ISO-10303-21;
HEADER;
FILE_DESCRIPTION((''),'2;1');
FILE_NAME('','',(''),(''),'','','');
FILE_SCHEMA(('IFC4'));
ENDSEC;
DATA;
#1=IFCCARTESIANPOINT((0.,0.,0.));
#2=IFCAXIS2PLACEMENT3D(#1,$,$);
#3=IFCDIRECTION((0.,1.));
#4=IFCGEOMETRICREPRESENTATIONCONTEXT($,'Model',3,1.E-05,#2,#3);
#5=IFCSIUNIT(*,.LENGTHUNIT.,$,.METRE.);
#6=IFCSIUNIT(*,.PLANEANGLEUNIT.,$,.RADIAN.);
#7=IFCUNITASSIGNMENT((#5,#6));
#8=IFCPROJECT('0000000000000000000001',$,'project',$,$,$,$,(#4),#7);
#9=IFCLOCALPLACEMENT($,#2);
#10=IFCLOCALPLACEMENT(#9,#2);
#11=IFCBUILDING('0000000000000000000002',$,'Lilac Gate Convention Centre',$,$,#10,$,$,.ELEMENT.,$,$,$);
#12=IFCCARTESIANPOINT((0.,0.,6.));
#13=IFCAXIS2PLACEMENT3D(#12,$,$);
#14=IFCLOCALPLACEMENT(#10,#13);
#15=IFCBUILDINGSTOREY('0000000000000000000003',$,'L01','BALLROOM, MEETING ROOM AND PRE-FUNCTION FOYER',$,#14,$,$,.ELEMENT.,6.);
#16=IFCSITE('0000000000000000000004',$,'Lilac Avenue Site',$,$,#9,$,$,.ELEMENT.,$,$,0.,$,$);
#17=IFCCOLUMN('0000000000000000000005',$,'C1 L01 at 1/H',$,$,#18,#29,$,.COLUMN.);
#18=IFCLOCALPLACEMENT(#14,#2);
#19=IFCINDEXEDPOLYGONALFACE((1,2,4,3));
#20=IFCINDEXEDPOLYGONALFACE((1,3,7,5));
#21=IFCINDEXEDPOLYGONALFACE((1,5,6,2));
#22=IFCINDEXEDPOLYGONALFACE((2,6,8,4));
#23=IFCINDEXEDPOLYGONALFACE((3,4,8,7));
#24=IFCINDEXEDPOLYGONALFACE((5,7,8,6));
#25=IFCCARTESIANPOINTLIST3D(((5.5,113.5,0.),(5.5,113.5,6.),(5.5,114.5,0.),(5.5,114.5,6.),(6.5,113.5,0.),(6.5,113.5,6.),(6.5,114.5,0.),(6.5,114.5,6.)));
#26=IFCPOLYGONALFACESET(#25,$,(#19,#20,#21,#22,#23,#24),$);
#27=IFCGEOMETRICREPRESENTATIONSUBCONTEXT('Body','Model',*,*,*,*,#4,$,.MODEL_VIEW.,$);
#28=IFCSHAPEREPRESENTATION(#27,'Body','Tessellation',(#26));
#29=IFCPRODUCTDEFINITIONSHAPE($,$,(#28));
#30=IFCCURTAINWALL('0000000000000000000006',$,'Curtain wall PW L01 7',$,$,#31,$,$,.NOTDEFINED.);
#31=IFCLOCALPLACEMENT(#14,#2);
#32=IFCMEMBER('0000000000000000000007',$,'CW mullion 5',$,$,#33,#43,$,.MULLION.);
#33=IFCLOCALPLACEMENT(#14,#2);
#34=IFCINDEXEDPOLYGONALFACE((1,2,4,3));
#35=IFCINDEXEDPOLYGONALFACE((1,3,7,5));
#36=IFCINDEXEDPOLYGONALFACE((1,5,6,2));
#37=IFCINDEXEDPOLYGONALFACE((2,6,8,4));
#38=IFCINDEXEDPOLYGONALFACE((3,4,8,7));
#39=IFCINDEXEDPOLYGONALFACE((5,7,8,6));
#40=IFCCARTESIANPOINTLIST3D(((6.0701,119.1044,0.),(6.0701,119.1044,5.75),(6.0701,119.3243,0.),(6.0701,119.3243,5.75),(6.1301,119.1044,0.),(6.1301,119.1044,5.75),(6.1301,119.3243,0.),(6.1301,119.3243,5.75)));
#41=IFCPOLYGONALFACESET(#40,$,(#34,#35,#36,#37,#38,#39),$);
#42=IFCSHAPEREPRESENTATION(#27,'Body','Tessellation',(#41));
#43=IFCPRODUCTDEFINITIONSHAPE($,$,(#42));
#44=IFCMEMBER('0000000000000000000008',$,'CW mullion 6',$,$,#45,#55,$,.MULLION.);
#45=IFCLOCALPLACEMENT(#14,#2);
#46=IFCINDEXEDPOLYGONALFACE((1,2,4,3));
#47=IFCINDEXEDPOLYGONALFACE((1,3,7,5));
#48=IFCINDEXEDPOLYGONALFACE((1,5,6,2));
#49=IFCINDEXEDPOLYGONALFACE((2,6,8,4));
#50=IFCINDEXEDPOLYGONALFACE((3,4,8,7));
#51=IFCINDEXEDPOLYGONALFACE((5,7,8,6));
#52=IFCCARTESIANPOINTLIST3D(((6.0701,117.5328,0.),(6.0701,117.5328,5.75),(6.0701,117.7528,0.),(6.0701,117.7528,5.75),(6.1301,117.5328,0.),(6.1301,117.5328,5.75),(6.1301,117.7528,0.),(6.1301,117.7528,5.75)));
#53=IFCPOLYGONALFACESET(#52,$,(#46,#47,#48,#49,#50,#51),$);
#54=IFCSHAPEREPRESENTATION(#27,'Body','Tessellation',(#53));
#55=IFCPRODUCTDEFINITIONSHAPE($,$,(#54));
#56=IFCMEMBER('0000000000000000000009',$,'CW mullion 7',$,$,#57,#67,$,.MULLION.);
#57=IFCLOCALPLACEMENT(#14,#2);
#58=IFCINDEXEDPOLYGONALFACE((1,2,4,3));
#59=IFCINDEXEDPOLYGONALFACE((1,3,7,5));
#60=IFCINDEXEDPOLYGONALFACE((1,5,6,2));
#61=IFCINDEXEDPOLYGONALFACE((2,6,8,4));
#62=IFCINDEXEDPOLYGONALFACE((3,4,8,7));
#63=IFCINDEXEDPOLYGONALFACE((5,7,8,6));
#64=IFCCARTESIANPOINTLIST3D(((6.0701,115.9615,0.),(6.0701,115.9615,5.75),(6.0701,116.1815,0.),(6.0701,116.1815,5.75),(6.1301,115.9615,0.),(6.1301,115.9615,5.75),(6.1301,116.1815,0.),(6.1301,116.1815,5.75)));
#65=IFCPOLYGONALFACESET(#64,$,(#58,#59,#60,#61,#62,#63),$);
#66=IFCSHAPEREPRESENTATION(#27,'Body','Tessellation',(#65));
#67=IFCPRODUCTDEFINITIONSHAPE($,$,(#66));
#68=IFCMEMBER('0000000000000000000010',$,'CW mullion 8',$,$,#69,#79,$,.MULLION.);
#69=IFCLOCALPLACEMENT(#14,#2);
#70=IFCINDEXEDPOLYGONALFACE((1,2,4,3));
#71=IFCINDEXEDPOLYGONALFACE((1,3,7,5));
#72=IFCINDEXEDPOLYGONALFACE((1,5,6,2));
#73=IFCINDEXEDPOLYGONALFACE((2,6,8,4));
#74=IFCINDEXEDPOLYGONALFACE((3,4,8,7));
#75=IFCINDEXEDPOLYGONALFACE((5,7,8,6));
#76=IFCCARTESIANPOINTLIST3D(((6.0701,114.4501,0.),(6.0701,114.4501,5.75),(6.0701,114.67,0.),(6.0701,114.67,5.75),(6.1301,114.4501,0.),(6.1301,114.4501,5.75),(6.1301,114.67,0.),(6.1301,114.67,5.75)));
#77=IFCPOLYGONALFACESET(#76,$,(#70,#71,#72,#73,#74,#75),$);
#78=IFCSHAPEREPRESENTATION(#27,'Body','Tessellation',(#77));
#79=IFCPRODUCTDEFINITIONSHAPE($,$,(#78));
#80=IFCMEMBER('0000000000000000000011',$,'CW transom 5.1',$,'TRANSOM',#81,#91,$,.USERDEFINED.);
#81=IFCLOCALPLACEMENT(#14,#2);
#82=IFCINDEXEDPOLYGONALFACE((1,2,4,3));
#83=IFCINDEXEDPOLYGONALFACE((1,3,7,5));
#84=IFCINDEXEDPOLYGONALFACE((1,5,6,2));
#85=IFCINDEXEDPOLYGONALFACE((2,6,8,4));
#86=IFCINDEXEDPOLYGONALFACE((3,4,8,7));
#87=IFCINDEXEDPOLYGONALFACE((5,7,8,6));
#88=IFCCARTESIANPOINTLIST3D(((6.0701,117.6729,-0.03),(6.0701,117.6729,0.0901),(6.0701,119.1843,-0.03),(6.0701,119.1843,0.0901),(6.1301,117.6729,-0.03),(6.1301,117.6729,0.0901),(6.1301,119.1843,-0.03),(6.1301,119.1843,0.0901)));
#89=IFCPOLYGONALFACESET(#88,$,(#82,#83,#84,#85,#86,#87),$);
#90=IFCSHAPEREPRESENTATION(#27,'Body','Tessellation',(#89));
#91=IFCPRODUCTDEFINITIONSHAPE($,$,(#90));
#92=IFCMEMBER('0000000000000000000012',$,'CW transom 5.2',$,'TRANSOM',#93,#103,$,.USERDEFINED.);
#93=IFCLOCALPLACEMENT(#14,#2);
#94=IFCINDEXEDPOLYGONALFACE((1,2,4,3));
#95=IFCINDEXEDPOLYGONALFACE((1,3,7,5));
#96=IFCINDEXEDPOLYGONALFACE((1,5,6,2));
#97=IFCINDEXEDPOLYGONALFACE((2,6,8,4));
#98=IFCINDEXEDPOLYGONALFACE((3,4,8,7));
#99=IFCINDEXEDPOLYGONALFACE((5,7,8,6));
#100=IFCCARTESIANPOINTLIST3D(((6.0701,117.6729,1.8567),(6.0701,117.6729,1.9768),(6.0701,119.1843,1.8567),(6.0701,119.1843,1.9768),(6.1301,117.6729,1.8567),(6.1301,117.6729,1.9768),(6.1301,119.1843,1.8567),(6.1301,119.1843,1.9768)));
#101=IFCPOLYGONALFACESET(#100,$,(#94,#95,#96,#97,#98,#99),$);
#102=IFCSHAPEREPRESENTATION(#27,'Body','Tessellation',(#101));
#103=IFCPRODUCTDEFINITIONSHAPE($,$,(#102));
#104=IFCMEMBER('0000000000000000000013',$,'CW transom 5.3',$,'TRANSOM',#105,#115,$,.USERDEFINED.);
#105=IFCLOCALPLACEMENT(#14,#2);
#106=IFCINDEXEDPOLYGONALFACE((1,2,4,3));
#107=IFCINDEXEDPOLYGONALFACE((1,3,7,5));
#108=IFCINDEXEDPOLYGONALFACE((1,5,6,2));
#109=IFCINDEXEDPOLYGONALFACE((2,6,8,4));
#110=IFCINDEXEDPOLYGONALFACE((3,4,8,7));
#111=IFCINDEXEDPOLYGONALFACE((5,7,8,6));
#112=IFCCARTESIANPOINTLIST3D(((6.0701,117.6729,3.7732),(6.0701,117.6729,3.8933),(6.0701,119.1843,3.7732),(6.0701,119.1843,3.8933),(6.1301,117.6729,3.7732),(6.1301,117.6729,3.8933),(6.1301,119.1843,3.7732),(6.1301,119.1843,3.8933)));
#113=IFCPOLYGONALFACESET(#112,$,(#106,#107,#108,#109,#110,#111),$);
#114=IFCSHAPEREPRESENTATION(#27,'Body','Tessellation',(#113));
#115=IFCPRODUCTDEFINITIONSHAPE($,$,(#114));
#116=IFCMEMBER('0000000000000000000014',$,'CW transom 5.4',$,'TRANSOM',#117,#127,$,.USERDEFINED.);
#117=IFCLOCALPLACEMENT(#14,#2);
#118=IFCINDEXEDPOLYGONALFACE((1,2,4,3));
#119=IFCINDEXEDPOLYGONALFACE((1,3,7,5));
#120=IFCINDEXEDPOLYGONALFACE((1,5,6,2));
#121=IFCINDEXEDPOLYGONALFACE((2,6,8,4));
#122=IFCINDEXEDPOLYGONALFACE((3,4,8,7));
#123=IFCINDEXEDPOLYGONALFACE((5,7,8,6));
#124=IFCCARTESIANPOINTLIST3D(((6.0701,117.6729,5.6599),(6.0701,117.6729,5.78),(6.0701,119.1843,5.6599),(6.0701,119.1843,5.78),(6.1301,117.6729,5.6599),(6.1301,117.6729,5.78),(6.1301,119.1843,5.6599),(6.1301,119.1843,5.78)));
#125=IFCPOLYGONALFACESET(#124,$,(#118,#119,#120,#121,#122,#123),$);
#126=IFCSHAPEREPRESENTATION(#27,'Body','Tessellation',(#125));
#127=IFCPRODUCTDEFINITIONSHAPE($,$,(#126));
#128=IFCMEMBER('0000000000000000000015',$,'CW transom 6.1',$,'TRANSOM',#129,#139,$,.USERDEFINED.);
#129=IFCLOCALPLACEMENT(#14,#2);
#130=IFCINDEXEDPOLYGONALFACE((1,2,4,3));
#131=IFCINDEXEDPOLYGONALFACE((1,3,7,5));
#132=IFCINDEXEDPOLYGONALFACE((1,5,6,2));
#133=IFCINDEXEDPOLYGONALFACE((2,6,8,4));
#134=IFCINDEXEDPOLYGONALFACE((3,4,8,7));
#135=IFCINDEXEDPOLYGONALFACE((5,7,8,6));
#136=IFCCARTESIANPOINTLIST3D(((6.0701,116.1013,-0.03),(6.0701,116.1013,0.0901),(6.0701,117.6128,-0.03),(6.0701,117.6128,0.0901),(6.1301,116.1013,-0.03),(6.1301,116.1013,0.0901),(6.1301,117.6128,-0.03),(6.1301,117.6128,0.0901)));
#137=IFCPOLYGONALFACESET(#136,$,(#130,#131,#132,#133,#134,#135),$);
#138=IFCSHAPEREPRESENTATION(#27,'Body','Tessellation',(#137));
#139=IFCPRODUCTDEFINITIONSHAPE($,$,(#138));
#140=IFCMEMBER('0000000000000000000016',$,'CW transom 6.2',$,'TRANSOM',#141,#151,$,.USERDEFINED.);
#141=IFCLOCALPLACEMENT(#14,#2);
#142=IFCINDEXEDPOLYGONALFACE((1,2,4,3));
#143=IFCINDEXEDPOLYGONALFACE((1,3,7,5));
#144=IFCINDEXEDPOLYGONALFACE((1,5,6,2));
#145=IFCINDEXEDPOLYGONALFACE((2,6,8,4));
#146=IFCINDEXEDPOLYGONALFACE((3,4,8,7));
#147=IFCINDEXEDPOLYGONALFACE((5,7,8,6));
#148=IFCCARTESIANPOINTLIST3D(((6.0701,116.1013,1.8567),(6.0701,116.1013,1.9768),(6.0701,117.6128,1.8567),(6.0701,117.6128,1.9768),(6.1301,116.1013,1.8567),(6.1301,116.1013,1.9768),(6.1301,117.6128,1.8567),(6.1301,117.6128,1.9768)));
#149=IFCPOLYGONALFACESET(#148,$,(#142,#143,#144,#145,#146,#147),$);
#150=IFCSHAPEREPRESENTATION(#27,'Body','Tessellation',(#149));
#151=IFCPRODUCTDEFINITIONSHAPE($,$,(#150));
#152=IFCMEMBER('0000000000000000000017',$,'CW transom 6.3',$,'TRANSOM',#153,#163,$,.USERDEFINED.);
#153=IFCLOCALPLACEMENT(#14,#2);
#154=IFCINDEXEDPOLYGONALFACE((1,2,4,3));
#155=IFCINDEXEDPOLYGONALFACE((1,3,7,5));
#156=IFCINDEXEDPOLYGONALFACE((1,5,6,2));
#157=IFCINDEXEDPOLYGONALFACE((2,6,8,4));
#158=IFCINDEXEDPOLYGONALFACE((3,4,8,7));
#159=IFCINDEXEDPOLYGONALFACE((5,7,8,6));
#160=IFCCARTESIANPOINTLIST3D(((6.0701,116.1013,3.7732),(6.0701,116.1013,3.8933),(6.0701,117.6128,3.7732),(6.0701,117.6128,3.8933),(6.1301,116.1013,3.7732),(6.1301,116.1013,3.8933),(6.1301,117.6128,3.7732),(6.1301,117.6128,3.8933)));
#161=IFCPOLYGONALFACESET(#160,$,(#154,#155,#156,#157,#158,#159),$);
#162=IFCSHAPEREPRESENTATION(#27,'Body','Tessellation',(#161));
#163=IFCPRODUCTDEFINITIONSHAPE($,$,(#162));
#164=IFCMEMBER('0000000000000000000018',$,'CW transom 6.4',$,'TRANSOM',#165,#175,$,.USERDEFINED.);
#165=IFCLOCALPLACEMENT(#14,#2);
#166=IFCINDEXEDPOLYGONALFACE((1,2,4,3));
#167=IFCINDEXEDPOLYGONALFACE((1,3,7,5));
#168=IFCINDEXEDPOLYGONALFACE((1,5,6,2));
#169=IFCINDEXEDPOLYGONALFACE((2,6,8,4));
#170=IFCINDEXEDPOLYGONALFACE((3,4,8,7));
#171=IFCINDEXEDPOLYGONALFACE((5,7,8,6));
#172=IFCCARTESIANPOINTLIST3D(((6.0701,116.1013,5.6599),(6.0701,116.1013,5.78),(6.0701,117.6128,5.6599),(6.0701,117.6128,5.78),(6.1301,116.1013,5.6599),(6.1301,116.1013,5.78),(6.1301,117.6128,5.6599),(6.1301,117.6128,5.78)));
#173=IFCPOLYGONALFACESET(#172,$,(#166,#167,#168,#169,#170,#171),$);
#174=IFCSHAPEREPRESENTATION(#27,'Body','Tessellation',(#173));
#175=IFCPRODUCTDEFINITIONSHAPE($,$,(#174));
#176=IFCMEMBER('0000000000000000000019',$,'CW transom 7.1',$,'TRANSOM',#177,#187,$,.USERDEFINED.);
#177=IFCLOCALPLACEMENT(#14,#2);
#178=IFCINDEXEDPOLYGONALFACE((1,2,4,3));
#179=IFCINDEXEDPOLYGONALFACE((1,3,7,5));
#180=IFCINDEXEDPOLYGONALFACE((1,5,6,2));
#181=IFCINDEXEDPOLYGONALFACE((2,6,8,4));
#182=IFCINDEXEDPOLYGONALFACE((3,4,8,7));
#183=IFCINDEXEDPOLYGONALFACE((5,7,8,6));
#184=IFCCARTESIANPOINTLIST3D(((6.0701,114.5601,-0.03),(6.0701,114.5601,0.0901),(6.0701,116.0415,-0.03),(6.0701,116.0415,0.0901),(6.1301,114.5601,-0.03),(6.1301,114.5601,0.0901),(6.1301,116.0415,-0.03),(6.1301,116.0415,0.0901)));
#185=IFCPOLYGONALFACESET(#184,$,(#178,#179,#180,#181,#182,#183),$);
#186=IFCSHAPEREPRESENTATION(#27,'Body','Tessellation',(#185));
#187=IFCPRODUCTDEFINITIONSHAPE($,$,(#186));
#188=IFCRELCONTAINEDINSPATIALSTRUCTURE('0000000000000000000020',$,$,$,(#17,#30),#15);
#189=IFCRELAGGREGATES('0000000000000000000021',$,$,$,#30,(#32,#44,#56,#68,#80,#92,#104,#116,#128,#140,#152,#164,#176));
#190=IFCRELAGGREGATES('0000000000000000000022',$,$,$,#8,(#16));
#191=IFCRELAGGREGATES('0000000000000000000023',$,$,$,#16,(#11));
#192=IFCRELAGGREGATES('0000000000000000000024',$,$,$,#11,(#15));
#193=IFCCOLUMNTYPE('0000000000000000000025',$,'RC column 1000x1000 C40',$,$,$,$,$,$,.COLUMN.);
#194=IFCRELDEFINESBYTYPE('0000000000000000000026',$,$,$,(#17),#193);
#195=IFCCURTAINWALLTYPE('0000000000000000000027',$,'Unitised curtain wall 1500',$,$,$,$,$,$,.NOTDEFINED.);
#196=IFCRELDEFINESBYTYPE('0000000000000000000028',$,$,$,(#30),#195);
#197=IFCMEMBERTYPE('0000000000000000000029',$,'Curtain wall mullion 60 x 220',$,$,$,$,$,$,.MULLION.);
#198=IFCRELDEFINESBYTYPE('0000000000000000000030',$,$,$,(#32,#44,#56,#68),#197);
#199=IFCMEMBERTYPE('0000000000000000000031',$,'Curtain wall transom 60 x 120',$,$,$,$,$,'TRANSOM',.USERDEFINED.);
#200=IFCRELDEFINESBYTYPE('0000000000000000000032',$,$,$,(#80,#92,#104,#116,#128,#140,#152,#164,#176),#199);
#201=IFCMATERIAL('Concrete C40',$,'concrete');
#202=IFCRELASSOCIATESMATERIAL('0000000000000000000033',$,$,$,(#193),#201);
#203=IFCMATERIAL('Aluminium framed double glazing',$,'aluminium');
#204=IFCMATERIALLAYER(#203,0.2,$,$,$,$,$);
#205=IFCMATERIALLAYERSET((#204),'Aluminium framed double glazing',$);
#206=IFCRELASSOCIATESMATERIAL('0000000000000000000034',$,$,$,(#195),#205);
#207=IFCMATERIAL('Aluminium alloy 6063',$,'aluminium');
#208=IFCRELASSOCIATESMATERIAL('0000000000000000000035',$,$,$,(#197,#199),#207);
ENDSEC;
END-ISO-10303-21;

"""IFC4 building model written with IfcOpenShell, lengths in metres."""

from ifc_helpers import new_model, si_unit, direction, frame, origin, origin_2d, place, context, subcontext, project, spatial, rectangle, extrude, material, layer, layer_set, material_profile, profile_set, type_object, element, aggregate, save


model = new_model("IFC4")

# Units and contexts
model_context = context("Model", 3, precision=1e-05, world=origin(), true_north=direction((0.0, 1.0)))
body_context = subcontext(model_context, "Body", "Model", "MODEL_VIEW")
ifc_project = project(units=[si_unit("LENGTHUNIT", "METRE"), si_unit("PLANEANGLEUNIT", "RADIAN")], contexts=[model_context])

# Site, building, storey
site_placement = place(None, origin())
site = spatial("IfcSite", under=ifc_project, at=site_placement, Name="Lilac Avenue Site", CompositionType="ELEMENT", RefElevation=0.0)
building_placement = place(site_placement, origin())
building = spatial("IfcBuilding", under=site, at=building_placement, Name="Lilac Gate Convention Centre", CompositionType="ELEMENT")
storey_placement = place(building_placement, frame((0.0, 0.0, 6.0)))
storey = spatial("IfcBuildingStorey", under=building, at=storey_placement, Name="L01", Description="BALLROOM, MEETING ROOM AND PRE-FUNCTION FOYER", CompositionType="ELEMENT", Elevation=6.0)

# Column
ifc_material_1 = material(Name="Concrete C40", Category="concrete")
ifc_material_profile_1 = material_profile(ifc_material_1, rectangle(XDim=1.0, YDim=1.0, at=origin_2d()), Name="RC 1000x1000")
ifc_profile_set_1 = profile_set([ifc_material_profile_1], Name="Concrete C40")
column_type = type_object("IfcColumnType", Name="RC column 1000x1000 C40", PredefinedType="COLUMN", material=ifc_profile_set_1)
column_placement = place(storey_placement, frame((6.0, 114.0, 0.0), z_axis=(0.0, 0.0, 1.0), x_axis=(1.0, 0.0, 0.0)))
element("IfcColumn", 1, at=column_placement, inside=storey, type_object=column_type, Name="C1 L01 at 1/H", PredefinedType="COLUMN", context=body_context, shape_type="SweptSolid", body=[
    extrude(rectangle(XDim=1.0, YDim=1.0, at=origin_2d()), origin(), (0.0, 0.0, 1.0), 6.0),
])

# Curtain wall, members
ifc_material_2 = material(Name="Aluminium framed double glazing", Category="aluminium")
ifc_layer_1 = layer(ifc_material_2, 0.2)
ifc_layer_set_1 = layer_set([ifc_layer_1], Name="Aluminium framed double glazing")
curtain_wall_type = type_object("IfcCurtainWallType", Name="Unitised curtain wall 1500", PredefinedType="NOTDEFINED", material=ifc_layer_set_1)
curtain_wall_1_placement = place(storey_placement, origin())
curtain_wall_1 = element("IfcCurtainWall", 2, at=curtain_wall_1_placement, inside=storey, type_object=curtain_wall_type, Name="Curtain wall PW L01 7", PredefinedType="NOTDEFINED")
ifc_material_3 = material(Name="Aluminium alloy 6063", Category="aluminium")
ifc_material_profile_2 = material_profile(ifc_material_3, rectangle(XDim=0.0601, YDim=0.22, at=origin_2d()), Name="Curtain wall mullion 60 x 220")
ifc_profile_set_2 = profile_set([ifc_material_profile_2], Name="Aluminium alloy 6063")
member_type_1 = type_object("IfcMemberType", Name="Curtain wall mullion 60 x 220", PredefinedType="MULLION", material=ifc_profile_set_2)
member_1_placement = place(storey_placement, frame((6.1001, 119.2144, 0.0), z_axis=(0.0, 0.0, 1.0), x_axis=(1.0, 0.0, 0.0)))
member_1 = element("IfcMember", 3, at=member_1_placement, type_object=member_type_1, Name="CW mullion 5", PredefinedType="MULLION", context=body_context, shape_type="SweptSolid", body=[
    extrude(rectangle(XDim=0.0601, YDim=0.22, at=origin_2d()), origin(), (0.0, 0.0, 1.0), 5.75),
])
member_2_placement = place(storey_placement, frame((6.1001, 117.6428, 0.0), z_axis=(0.0, 0.0, 1.0), x_axis=(1.0, 0.0, 0.0)))
member_2 = element("IfcMember", 4, at=member_2_placement, type_object=member_type_1, Name="CW mullion 6", PredefinedType="MULLION", context=body_context, shape_type="SweptSolid", body=[
    extrude(rectangle(XDim=0.0601, YDim=0.22, at=origin_2d()), origin(), (0.0, 0.0, 1.0), 5.75),
])
member_3_placement = place(storey_placement, frame((6.1001, 116.0715, 0.0), z_axis=(0.0, 0.0, 1.0), x_axis=(1.0, 0.0, 0.0)))
member_3 = element("IfcMember", 5, at=member_3_placement, type_object=member_type_1, Name="CW mullion 7", PredefinedType="MULLION", context=body_context, shape_type="SweptSolid", body=[
    extrude(rectangle(XDim=0.0601, YDim=0.22, at=origin_2d()), origin(), (0.0, 0.0, 1.0), 5.75),
])
member_4_placement = place(storey_placement, frame((6.1001, 114.5601, 0.0), z_axis=(0.0, 0.0, 1.0), x_axis=(1.0, 0.0, 0.0)))
member_4 = element("IfcMember", 6, at=member_4_placement, type_object=member_type_1, Name="CW mullion 8", PredefinedType="MULLION", context=body_context, shape_type="SweptSolid", body=[
    extrude(rectangle(XDim=0.0601, YDim=0.22, at=origin_2d()), origin(), (0.0, 0.0, 1.0), 5.75),
])
ifc_material_profile_3 = material_profile(ifc_material_3, rectangle(XDim=0.0601, YDim=0.1201, at=origin_2d()), Name="Curtain wall transom 60 x 120")
ifc_profile_set_3 = profile_set([ifc_material_profile_3], Name="Aluminium alloy 6063")
member_type_2 = type_object("IfcMemberType", Name="Curtain wall transom 60 x 120", ElementType="TRANSOM", PredefinedType="USERDEFINED", material=ifc_profile_set_3)
member_5_placement = place(storey_placement, frame((6.1001, 119.1843, 0.03), z_axis=(0.0, -1.0, 0.0), x_axis=(1.0, 0.0, 0.0)))
member_5 = element("IfcMember", 7, at=member_5_placement, type_object=member_type_2, Name="CW transom 5.1", ObjectType="TRANSOM", PredefinedType="USERDEFINED", context=body_context, shape_type="SweptSolid", body=[
    extrude(rectangle(XDim=0.0601, YDim=0.1201, at=origin_2d()), origin(), (0.0, 0.0, 1.0), 1.5115),
])
member_6_placement = place(storey_placement, frame((6.1001, 119.1843, 1.9167), z_axis=(0.0, -1.0, 0.0), x_axis=(1.0, 0.0, 0.0)))
member_6 = element("IfcMember", 8, at=member_6_placement, type_object=member_type_2, Name="CW transom 5.2", ObjectType="TRANSOM", PredefinedType="USERDEFINED", context=body_context, shape_type="SweptSolid", body=[
    extrude(rectangle(XDim=0.0601, YDim=0.1201, at=origin_2d()), origin(), (0.0, 0.0, 1.0), 1.5115),
])
member_7_placement = place(storey_placement, frame((6.1001, 119.1843, 3.8333), z_axis=(0.0, -1.0, 0.0), x_axis=(1.0, 0.0, 0.0)))
member_7 = element("IfcMember", 9, at=member_7_placement, type_object=member_type_2, Name="CW transom 5.3", ObjectType="TRANSOM", PredefinedType="USERDEFINED", context=body_context, shape_type="SweptSolid", body=[
    extrude(rectangle(XDim=0.0601, YDim=0.1201, at=origin_2d()), origin(), (0.0, 0.0, 1.0), 1.5115),
])
member_8_placement = place(storey_placement, frame((6.1001, 119.1843, 5.72), z_axis=(0.0, -1.0, 0.0), x_axis=(1.0, 0.0, 0.0)))
member_8 = element("IfcMember", 10, at=member_8_placement, type_object=member_type_2, Name="CW transom 5.4", ObjectType="TRANSOM", PredefinedType="USERDEFINED", context=body_context, shape_type="SweptSolid", body=[
    extrude(rectangle(XDim=0.0601, YDim=0.1201, at=origin_2d()), origin(), (0.0, 0.0, 1.0), 1.5115),
])
member_9_placement = place(storey_placement, frame((6.1001, 117.6128, 0.03), z_axis=(0.0, -1.0, 0.0), x_axis=(1.0, 0.0, 0.0)))
member_9 = element("IfcMember", 11, at=member_9_placement, type_object=member_type_2, Name="CW transom 6.1", ObjectType="TRANSOM", PredefinedType="USERDEFINED", context=body_context, shape_type="SweptSolid", body=[
    extrude(rectangle(XDim=0.0601, YDim=0.1201, at=origin_2d()), origin(), (0.0, 0.0, 1.0), 1.5115),
])
member_10_placement = place(storey_placement, frame((6.1001, 117.6128, 1.9167), z_axis=(0.0, -1.0, 0.0), x_axis=(1.0, 0.0, 0.0)))
member_10 = element("IfcMember", 12, at=member_10_placement, type_object=member_type_2, Name="CW transom 6.2", ObjectType="TRANSOM", PredefinedType="USERDEFINED", context=body_context, shape_type="SweptSolid", body=[
    extrude(rectangle(XDim=0.0601, YDim=0.1201, at=origin_2d()), origin(), (0.0, 0.0, 1.0), 1.5115),
])
member_11_placement = place(storey_placement, frame((6.1001, 117.6128, 3.8333), z_axis=(0.0, -1.0, 0.0), x_axis=(1.0, 0.0, 0.0)))
member_11 = element("IfcMember", 13, at=member_11_placement, type_object=member_type_2, Name="CW transom 6.3", ObjectType="TRANSOM", PredefinedType="USERDEFINED", context=body_context, shape_type="SweptSolid", body=[
    extrude(rectangle(XDim=0.0601, YDim=0.1201, at=origin_2d()), origin(), (0.0, 0.0, 1.0), 1.5115),
])
member_12_placement = place(storey_placement, frame((6.1001, 117.6128, 5.72), z_axis=(0.0, -1.0, 0.0), x_axis=(1.0, 0.0, 0.0)))
member_12 = element("IfcMember", 14, at=member_12_placement, type_object=member_type_2, Name="CW transom 6.4", ObjectType="TRANSOM", PredefinedType="USERDEFINED", context=body_context, shape_type="SweptSolid", body=[
    extrude(rectangle(XDim=0.0601, YDim=0.1201, at=origin_2d()), origin(), (0.0, 0.0, 1.0), 1.5115),
])
member_13_placement = place(storey_placement, frame((6.1001, 116.0415, 0.03), z_axis=(0.0, -1.0, 0.0), x_axis=(1.0, 0.0, 0.0)))
member_13 = element("IfcMember", 15, at=member_13_placement, type_object=member_type_2, Name="CW transom 7.1", ObjectType="TRANSOM", PredefinedType="USERDEFINED", context=body_context, shape_type="SweptSolid", body=[
    extrude(rectangle(XDim=0.0601, YDim=0.1201, at=origin_2d()), origin(), (0.0, 0.0, 1.0), 1.4814),
])

aggregate(curtain_wall_1, [member_1, member_2, member_3, member_4, member_5, member_6, member_7, member_8, member_9, member_10, member_11, member_12, member_13])

save(model, "model.ifc")
